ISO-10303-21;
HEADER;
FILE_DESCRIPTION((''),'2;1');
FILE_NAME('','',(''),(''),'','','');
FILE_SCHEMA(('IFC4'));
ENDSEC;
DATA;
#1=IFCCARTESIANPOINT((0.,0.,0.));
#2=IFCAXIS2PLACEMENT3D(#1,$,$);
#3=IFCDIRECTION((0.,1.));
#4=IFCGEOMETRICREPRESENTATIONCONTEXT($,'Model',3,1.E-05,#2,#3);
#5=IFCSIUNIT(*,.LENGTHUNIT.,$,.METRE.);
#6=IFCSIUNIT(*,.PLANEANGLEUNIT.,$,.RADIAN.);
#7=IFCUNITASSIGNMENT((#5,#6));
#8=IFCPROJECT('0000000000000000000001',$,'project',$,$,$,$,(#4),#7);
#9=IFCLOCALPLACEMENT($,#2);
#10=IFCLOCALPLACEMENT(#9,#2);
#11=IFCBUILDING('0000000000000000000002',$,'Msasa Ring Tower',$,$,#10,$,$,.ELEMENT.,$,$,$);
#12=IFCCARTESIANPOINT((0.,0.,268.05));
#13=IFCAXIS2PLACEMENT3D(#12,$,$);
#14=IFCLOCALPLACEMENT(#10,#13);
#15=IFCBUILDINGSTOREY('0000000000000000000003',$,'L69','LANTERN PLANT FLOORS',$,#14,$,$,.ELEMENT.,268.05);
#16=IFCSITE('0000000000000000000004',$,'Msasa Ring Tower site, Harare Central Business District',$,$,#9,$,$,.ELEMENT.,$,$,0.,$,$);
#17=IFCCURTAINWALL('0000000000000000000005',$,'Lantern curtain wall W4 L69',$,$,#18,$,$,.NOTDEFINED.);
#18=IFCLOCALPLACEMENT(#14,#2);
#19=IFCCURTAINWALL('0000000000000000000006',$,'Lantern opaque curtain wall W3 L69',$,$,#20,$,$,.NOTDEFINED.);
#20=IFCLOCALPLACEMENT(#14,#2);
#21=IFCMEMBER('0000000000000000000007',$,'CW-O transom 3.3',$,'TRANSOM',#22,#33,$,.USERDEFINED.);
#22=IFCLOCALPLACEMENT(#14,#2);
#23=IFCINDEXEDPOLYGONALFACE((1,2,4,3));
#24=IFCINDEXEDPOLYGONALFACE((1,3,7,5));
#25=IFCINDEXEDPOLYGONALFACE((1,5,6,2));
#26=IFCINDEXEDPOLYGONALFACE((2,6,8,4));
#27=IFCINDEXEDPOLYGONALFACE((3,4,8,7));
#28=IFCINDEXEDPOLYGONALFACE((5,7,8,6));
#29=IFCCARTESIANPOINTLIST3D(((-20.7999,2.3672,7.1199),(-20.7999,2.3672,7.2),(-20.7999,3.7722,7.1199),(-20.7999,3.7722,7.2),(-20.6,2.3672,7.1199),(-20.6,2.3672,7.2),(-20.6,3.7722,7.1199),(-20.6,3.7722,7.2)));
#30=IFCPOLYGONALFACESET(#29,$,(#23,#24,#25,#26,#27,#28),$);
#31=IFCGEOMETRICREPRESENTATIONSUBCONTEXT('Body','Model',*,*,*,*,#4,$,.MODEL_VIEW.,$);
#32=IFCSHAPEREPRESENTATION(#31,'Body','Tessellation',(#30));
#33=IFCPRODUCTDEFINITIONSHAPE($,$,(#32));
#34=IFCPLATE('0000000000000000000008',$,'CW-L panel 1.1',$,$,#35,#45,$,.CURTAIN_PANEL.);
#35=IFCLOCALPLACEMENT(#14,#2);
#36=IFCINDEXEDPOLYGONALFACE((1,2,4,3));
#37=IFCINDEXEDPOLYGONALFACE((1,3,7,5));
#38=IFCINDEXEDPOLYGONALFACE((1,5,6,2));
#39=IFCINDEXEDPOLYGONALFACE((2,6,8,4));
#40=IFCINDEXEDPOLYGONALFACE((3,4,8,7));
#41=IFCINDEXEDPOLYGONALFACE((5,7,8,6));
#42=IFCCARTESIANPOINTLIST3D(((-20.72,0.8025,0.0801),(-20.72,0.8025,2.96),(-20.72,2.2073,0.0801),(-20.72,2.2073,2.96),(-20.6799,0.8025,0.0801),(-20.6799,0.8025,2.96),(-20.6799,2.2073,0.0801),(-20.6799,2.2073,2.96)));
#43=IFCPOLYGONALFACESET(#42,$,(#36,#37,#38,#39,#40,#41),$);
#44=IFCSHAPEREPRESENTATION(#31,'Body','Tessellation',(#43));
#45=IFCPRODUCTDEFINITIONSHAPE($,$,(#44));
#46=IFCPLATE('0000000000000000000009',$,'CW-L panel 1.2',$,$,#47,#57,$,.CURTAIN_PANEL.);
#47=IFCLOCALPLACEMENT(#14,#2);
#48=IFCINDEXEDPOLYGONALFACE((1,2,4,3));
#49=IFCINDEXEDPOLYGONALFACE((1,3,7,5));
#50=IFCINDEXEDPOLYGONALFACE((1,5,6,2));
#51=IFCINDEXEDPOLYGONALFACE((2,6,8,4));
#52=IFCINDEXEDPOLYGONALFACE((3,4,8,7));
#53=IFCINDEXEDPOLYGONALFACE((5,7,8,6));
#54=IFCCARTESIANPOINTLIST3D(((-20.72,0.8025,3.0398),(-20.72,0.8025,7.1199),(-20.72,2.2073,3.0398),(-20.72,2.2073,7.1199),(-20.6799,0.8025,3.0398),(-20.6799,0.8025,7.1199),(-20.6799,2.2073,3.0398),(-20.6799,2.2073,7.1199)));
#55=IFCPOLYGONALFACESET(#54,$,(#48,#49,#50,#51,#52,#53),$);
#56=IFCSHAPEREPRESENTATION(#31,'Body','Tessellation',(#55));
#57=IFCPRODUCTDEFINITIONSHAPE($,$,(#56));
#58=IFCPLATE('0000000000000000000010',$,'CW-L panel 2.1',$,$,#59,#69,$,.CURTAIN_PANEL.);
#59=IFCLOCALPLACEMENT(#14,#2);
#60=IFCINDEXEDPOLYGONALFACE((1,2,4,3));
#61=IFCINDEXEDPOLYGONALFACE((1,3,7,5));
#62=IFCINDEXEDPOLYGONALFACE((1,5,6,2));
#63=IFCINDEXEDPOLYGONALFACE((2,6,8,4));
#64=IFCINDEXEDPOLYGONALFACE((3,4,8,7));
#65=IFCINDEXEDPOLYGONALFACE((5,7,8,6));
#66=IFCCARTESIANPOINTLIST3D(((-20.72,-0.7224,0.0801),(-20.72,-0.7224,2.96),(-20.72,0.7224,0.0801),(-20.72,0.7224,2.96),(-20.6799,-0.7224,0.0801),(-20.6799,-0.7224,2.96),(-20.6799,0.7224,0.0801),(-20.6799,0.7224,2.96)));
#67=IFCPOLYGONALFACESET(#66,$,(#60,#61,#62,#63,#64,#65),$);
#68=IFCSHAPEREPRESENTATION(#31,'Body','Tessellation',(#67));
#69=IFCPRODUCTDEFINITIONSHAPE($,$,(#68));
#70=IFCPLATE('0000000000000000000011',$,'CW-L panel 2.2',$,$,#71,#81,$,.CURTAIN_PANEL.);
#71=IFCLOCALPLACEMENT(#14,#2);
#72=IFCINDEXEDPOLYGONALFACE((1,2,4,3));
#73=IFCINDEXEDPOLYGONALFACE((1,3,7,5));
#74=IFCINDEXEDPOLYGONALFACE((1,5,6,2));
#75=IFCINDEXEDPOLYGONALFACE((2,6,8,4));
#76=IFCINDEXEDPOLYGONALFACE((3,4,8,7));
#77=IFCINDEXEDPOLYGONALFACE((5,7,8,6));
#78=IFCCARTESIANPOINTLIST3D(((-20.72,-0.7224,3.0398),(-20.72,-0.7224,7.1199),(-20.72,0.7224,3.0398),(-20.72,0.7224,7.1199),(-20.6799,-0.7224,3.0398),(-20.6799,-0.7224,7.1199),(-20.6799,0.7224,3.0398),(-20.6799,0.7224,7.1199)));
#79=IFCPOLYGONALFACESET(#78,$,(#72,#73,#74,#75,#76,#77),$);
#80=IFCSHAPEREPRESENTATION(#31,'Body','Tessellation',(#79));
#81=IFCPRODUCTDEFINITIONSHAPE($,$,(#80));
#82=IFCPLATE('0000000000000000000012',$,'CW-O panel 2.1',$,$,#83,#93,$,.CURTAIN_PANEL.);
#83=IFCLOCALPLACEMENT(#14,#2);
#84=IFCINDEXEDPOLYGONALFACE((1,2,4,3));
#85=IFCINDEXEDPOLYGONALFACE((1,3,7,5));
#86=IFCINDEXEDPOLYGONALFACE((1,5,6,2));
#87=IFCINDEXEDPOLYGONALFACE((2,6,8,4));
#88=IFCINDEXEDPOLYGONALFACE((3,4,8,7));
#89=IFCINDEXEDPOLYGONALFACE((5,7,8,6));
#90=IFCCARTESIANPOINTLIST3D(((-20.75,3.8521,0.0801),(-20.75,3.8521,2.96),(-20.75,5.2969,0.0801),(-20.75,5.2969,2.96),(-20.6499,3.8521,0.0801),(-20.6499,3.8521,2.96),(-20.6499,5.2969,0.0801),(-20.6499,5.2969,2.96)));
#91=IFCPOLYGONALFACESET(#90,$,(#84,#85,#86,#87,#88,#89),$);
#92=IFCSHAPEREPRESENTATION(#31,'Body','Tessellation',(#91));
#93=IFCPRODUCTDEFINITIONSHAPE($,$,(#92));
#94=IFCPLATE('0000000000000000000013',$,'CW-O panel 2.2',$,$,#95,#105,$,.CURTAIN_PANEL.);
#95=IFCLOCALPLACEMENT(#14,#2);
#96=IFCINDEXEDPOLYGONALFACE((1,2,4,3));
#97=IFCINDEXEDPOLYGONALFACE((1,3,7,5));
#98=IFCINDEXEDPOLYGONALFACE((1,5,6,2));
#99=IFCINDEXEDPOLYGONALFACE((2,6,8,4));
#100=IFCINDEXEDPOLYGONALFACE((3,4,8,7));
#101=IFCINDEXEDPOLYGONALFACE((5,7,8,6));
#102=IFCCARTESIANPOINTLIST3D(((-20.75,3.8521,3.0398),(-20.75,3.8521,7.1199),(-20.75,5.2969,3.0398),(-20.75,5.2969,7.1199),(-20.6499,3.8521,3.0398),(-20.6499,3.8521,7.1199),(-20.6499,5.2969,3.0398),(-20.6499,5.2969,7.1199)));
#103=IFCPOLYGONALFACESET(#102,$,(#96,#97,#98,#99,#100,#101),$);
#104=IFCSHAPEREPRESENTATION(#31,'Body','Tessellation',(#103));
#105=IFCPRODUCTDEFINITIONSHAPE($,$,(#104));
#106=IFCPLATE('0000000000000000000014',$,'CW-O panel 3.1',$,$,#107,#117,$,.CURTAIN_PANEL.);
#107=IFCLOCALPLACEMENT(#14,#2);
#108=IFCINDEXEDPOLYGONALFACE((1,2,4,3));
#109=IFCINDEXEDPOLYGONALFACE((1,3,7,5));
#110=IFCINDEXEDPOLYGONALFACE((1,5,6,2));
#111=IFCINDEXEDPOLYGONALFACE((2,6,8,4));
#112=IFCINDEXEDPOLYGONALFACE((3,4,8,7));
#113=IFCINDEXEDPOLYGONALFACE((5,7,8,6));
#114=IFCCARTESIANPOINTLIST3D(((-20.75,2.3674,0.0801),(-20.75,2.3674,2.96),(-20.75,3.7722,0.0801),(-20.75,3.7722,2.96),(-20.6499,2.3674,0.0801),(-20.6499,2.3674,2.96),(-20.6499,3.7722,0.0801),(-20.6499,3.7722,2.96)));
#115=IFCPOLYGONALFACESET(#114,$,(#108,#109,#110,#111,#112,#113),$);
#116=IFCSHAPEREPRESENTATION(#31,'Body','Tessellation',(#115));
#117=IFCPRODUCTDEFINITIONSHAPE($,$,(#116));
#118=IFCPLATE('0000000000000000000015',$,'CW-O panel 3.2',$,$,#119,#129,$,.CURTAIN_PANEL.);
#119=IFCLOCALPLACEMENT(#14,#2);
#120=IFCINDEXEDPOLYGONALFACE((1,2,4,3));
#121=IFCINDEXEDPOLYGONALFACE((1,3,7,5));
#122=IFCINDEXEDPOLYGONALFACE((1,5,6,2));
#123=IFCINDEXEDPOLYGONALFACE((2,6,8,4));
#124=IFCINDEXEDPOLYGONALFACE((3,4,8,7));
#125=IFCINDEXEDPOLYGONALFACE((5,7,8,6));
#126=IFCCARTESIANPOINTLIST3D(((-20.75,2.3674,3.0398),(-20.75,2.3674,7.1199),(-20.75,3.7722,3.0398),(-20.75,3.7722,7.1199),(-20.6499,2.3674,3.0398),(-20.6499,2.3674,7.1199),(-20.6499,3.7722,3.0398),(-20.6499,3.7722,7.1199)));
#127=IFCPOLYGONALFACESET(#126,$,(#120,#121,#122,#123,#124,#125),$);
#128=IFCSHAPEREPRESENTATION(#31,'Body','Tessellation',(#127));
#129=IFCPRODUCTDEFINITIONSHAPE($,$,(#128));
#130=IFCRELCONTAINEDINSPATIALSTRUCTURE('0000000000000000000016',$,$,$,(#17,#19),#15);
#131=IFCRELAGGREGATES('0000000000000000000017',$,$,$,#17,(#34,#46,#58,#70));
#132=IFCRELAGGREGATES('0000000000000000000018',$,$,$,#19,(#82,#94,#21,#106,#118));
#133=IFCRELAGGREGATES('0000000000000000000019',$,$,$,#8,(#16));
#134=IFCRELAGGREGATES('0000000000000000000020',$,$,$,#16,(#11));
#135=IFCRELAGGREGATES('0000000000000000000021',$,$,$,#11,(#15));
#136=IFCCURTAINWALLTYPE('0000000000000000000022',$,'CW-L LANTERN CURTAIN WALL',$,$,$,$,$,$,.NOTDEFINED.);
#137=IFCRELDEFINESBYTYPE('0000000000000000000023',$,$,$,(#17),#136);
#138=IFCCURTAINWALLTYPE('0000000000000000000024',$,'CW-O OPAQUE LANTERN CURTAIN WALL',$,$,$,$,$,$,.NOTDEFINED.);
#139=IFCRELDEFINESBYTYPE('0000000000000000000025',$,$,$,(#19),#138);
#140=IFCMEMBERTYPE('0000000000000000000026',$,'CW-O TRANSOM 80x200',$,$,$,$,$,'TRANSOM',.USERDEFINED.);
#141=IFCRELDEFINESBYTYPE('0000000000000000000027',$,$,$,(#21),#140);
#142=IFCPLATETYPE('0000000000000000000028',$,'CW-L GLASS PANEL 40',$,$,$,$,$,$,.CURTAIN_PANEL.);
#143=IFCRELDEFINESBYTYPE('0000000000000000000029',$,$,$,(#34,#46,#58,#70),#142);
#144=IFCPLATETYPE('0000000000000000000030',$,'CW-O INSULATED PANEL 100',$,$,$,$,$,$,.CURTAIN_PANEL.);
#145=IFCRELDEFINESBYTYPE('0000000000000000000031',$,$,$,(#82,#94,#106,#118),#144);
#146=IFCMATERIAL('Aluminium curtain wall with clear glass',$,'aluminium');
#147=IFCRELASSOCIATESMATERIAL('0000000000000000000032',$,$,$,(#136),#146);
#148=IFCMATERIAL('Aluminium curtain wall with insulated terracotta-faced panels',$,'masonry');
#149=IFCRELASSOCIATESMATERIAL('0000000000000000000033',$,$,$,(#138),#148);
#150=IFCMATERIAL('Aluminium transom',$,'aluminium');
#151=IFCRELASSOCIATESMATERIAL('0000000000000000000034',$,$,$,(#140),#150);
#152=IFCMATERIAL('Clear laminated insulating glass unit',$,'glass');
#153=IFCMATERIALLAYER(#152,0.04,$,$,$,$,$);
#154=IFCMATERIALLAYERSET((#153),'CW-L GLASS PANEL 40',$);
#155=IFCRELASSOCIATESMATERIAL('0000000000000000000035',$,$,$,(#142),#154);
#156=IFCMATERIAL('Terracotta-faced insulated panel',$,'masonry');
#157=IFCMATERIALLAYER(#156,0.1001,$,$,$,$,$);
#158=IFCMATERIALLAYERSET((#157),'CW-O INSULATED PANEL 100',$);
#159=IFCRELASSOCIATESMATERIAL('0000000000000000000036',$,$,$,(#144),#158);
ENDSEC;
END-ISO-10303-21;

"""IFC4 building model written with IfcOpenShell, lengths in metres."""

from ifc_helpers import new_model, si_unit, direction, frame, origin, origin_2d, place, context, subcontext, project, spatial, rectangle, extrude, material, layer, layer_set, material_profile, profile_set, type_object, element, aggregate, save


model = new_model("IFC4")

# Units and contexts
model_context = context("Model", 3, precision=1e-05, world=origin(), true_north=direction((0.0, 1.0)))
body_context = subcontext(model_context, "Body", "Model", "MODEL_VIEW")
ifc_project = project(units=[si_unit("LENGTHUNIT", "METRE"), si_unit("PLANEANGLEUNIT", "RADIAN")], contexts=[model_context])

# Site, building, storey
site_placement = place(None, origin())
site = spatial("IfcSite", under=ifc_project, at=site_placement, Name="Msasa Ring Tower site, Harare Central Business District", CompositionType="ELEMENT", RefElevation=0.0)
building_placement = place(site_placement, origin())
building = spatial("IfcBuilding", under=site, at=building_placement, Name="Msasa Ring Tower", CompositionType="ELEMENT")
storey_placement = place(building_placement, frame((0.0, 0.0, 268.05)))
storey = spatial("IfcBuildingStorey", under=building, at=storey_placement, Name="L69", Description="LANTERN PLANT FLOORS", CompositionType="ELEMENT", Elevation=268.05)

# Curtain walls, member
ifc_material_1 = material(Name="Aluminium curtain wall with clear glass", Category="aluminium")
curtain_wall_type_1 = type_object("IfcCurtainWallType", Name="CW-L LANTERN CURTAIN WALL", PredefinedType="NOTDEFINED", material=ifc_material_1)
curtain_wall_1_placement = place(storey_placement, origin())
curtain_wall_1 = element("IfcCurtainWall", 1, at=curtain_wall_1_placement, inside=storey, type_object=curtain_wall_type_1, Name="Lantern curtain wall W4 L69", PredefinedType="NOTDEFINED")
ifc_material_2 = material(Name="Aluminium curtain wall with insulated terracotta-faced panels", Category="masonry")
curtain_wall_type_2 = type_object("IfcCurtainWallType", Name="CW-O OPAQUE LANTERN CURTAIN WALL", PredefinedType="NOTDEFINED", material=ifc_material_2)
curtain_wall_2_placement = place(storey_placement, origin())
curtain_wall_2 = element("IfcCurtainWall", 2, at=curtain_wall_2_placement, inside=storey, type_object=curtain_wall_type_2, Name="Lantern opaque curtain wall W3 L69", PredefinedType="NOTDEFINED")
ifc_material_3 = material(Name="Aluminium transom", Category="aluminium")
ifc_material_profile_1 = material_profile(ifc_material_3, rectangle(XDim=0.2, YDim=0.0801, at=origin_2d()), Name="AL 80x200")
ifc_profile_set_1 = profile_set([ifc_material_profile_1], Name="Aluminium transom")
member_type_1 = type_object("IfcMemberType", Name="CW-O TRANSOM 80x200", ElementType="TRANSOM", PredefinedType="USERDEFINED", material=ifc_profile_set_1)
member_1_placement = place(storey_placement, frame((-20.7, 3.7722, 7.1599), z_axis=(0.0, -1.0, 0.0), x_axis=(1.0, 0.0, 0.0)))
member_1 = element("IfcMember", 3, at=member_1_placement, type_object=member_type_1, Name="CW-O transom 3.3", ObjectType="TRANSOM", PredefinedType="USERDEFINED", context=body_context, shape_type="SweptSolid", body=[
    extrude(rectangle(XDim=0.2, YDim=0.0801, at=origin_2d()), origin(), (0.0, 0.0, 1.0), 1.405),
])

# Plates
ifc_material_4 = material(Name="Clear laminated insulating glass unit", Category="glass")
ifc_layer_1 = layer(ifc_material_4, 0.04)
ifc_layer_set_1 = layer_set([ifc_layer_1], Name="CW-L GLASS PANEL 40")
plate_type_1 = type_object("IfcPlateType", Name="CW-L GLASS PANEL 40", PredefinedType="CURTAIN_PANEL", material=ifc_layer_set_1)
plate_1_placement = place(storey_placement, frame((-20.7, 1.5049, 0.0801), z_axis=(0.0, 0.0, 1.0), x_axis=(0.0, -1.0, 0.0)))
plate_1 = element("IfcPlate", 4, at=plate_1_placement, type_object=plate_type_1, Name="CW-L panel 1.1", PredefinedType="CURTAIN_PANEL", context=body_context, shape_type="SweptSolid", body=[
    extrude(rectangle(XDim=1.4048, YDim=0.04, at=origin_2d()), origin(), (0.0, 0.0, 1.0), 2.8799),
])
plate_2_placement = place(storey_placement, frame((-20.7, 1.5049, 3.0398), z_axis=(0.0, 0.0, 1.0), x_axis=(0.0, -1.0, 0.0)))
plate_2 = element("IfcPlate", 5, at=plate_2_placement, type_object=plate_type_1, Name="CW-L panel 1.2", PredefinedType="CURTAIN_PANEL", context=body_context, shape_type="SweptSolid", body=[
    extrude(rectangle(XDim=1.4048, YDim=0.04, at=origin_2d()), origin(), (0.0, 0.0, 1.0), 4.0801),
])
plate_3_placement = place(storey_placement, frame((-20.7, 0.0, 0.0801), z_axis=(0.0, 0.0, 1.0), x_axis=(0.0, -1.0, 0.0)))
plate_3 = element("IfcPlate", 6, at=plate_3_placement, type_object=plate_type_1, Name="CW-L panel 2.1", PredefinedType="CURTAIN_PANEL", context=body_context, shape_type="SweptSolid", body=[
    extrude(rectangle(XDim=1.4448, YDim=0.04, at=origin_2d()), origin(), (0.0, 0.0, 1.0), 2.8799),
])
plate_4_placement = place(storey_placement, frame((-20.7, 0.0, 3.0398), z_axis=(0.0, 0.0, 1.0), x_axis=(0.0, -1.0, 0.0)))
plate_4 = element("IfcPlate", 7, at=plate_4_placement, type_object=plate_type_1, Name="CW-L panel 2.2", PredefinedType="CURTAIN_PANEL", context=body_context, shape_type="SweptSolid", body=[
    extrude(rectangle(XDim=1.4448, YDim=0.04, at=origin_2d()), origin(), (0.0, 0.0, 1.0), 4.0801),
])
aggregate(curtain_wall_1, [plate_1, plate_2, plate_3, plate_4])
ifc_material_5 = material(Name="Terracotta-faced insulated panel", Category="masonry")
ifc_layer_2 = layer(ifc_material_5, 0.1001)
ifc_layer_set_2 = layer_set([ifc_layer_2], Name="CW-O INSULATED PANEL 100")
plate_type_2 = type_object("IfcPlateType", Name="CW-O INSULATED PANEL 100", PredefinedType="CURTAIN_PANEL", material=ifc_layer_set_2)
plate_5_placement = place(storey_placement, frame((-20.7, 4.5745, 0.0801), z_axis=(0.0, 0.0, 1.0), x_axis=(0.0, -1.0, 0.0)))
plate_5 = element("IfcPlate", 8, at=plate_5_placement, type_object=plate_type_2, Name="CW-O panel 2.1", PredefinedType="CURTAIN_PANEL", context=body_context, shape_type="SweptSolid", body=[
    extrude(rectangle(XDim=1.4448, YDim=0.1001, at=origin_2d()), origin(), (0.0, 0.0, 1.0), 2.8799),
])
plate_6_placement = place(storey_placement, frame((-20.7, 4.5745, 3.0398), z_axis=(0.0, 0.0, 1.0), x_axis=(0.0, -1.0, 0.0)))
plate_6 = element("IfcPlate", 9, at=plate_6_placement, type_object=plate_type_2, Name="CW-O panel 2.2", PredefinedType="CURTAIN_PANEL", context=body_context, shape_type="SweptSolid", body=[
    extrude(rectangle(XDim=1.4448, YDim=0.1001, at=origin_2d()), origin(), (0.0, 0.0, 1.0), 4.0801),
])
plate_7_placement = place(storey_placement, frame((-20.7, 3.0698, 0.0801), z_axis=(0.0, 0.0, 1.0), x_axis=(0.0, -1.0, 0.0)))
plate_7 = element("IfcPlate", 10, at=plate_7_placement, type_object=plate_type_2, Name="CW-O panel 3.1", PredefinedType="CURTAIN_PANEL", context=body_context, shape_type="SweptSolid", body=[
    extrude(rectangle(XDim=1.4048, YDim=0.1001, at=origin_2d()), origin(), (0.0, 0.0, 1.0), 2.8799),
])
plate_8_placement = place(storey_placement, frame((-20.7, 3.0698, 3.0398), z_axis=(0.0, 0.0, 1.0), x_axis=(0.0, -1.0, 0.0)))
plate_8 = element("IfcPlate", 11, at=plate_8_placement, type_object=plate_type_2, Name="CW-O panel 3.2", PredefinedType="CURTAIN_PANEL", context=body_context, shape_type="SweptSolid", body=[
    extrude(rectangle(XDim=1.4048, YDim=0.1001, at=origin_2d()), origin(), (0.0, 0.0, 1.0), 4.0801),
])
aggregate(curtain_wall_2, [plate_5, plate_6, member_1, plate_7, plate_8])

save(model, "model.ifc")
